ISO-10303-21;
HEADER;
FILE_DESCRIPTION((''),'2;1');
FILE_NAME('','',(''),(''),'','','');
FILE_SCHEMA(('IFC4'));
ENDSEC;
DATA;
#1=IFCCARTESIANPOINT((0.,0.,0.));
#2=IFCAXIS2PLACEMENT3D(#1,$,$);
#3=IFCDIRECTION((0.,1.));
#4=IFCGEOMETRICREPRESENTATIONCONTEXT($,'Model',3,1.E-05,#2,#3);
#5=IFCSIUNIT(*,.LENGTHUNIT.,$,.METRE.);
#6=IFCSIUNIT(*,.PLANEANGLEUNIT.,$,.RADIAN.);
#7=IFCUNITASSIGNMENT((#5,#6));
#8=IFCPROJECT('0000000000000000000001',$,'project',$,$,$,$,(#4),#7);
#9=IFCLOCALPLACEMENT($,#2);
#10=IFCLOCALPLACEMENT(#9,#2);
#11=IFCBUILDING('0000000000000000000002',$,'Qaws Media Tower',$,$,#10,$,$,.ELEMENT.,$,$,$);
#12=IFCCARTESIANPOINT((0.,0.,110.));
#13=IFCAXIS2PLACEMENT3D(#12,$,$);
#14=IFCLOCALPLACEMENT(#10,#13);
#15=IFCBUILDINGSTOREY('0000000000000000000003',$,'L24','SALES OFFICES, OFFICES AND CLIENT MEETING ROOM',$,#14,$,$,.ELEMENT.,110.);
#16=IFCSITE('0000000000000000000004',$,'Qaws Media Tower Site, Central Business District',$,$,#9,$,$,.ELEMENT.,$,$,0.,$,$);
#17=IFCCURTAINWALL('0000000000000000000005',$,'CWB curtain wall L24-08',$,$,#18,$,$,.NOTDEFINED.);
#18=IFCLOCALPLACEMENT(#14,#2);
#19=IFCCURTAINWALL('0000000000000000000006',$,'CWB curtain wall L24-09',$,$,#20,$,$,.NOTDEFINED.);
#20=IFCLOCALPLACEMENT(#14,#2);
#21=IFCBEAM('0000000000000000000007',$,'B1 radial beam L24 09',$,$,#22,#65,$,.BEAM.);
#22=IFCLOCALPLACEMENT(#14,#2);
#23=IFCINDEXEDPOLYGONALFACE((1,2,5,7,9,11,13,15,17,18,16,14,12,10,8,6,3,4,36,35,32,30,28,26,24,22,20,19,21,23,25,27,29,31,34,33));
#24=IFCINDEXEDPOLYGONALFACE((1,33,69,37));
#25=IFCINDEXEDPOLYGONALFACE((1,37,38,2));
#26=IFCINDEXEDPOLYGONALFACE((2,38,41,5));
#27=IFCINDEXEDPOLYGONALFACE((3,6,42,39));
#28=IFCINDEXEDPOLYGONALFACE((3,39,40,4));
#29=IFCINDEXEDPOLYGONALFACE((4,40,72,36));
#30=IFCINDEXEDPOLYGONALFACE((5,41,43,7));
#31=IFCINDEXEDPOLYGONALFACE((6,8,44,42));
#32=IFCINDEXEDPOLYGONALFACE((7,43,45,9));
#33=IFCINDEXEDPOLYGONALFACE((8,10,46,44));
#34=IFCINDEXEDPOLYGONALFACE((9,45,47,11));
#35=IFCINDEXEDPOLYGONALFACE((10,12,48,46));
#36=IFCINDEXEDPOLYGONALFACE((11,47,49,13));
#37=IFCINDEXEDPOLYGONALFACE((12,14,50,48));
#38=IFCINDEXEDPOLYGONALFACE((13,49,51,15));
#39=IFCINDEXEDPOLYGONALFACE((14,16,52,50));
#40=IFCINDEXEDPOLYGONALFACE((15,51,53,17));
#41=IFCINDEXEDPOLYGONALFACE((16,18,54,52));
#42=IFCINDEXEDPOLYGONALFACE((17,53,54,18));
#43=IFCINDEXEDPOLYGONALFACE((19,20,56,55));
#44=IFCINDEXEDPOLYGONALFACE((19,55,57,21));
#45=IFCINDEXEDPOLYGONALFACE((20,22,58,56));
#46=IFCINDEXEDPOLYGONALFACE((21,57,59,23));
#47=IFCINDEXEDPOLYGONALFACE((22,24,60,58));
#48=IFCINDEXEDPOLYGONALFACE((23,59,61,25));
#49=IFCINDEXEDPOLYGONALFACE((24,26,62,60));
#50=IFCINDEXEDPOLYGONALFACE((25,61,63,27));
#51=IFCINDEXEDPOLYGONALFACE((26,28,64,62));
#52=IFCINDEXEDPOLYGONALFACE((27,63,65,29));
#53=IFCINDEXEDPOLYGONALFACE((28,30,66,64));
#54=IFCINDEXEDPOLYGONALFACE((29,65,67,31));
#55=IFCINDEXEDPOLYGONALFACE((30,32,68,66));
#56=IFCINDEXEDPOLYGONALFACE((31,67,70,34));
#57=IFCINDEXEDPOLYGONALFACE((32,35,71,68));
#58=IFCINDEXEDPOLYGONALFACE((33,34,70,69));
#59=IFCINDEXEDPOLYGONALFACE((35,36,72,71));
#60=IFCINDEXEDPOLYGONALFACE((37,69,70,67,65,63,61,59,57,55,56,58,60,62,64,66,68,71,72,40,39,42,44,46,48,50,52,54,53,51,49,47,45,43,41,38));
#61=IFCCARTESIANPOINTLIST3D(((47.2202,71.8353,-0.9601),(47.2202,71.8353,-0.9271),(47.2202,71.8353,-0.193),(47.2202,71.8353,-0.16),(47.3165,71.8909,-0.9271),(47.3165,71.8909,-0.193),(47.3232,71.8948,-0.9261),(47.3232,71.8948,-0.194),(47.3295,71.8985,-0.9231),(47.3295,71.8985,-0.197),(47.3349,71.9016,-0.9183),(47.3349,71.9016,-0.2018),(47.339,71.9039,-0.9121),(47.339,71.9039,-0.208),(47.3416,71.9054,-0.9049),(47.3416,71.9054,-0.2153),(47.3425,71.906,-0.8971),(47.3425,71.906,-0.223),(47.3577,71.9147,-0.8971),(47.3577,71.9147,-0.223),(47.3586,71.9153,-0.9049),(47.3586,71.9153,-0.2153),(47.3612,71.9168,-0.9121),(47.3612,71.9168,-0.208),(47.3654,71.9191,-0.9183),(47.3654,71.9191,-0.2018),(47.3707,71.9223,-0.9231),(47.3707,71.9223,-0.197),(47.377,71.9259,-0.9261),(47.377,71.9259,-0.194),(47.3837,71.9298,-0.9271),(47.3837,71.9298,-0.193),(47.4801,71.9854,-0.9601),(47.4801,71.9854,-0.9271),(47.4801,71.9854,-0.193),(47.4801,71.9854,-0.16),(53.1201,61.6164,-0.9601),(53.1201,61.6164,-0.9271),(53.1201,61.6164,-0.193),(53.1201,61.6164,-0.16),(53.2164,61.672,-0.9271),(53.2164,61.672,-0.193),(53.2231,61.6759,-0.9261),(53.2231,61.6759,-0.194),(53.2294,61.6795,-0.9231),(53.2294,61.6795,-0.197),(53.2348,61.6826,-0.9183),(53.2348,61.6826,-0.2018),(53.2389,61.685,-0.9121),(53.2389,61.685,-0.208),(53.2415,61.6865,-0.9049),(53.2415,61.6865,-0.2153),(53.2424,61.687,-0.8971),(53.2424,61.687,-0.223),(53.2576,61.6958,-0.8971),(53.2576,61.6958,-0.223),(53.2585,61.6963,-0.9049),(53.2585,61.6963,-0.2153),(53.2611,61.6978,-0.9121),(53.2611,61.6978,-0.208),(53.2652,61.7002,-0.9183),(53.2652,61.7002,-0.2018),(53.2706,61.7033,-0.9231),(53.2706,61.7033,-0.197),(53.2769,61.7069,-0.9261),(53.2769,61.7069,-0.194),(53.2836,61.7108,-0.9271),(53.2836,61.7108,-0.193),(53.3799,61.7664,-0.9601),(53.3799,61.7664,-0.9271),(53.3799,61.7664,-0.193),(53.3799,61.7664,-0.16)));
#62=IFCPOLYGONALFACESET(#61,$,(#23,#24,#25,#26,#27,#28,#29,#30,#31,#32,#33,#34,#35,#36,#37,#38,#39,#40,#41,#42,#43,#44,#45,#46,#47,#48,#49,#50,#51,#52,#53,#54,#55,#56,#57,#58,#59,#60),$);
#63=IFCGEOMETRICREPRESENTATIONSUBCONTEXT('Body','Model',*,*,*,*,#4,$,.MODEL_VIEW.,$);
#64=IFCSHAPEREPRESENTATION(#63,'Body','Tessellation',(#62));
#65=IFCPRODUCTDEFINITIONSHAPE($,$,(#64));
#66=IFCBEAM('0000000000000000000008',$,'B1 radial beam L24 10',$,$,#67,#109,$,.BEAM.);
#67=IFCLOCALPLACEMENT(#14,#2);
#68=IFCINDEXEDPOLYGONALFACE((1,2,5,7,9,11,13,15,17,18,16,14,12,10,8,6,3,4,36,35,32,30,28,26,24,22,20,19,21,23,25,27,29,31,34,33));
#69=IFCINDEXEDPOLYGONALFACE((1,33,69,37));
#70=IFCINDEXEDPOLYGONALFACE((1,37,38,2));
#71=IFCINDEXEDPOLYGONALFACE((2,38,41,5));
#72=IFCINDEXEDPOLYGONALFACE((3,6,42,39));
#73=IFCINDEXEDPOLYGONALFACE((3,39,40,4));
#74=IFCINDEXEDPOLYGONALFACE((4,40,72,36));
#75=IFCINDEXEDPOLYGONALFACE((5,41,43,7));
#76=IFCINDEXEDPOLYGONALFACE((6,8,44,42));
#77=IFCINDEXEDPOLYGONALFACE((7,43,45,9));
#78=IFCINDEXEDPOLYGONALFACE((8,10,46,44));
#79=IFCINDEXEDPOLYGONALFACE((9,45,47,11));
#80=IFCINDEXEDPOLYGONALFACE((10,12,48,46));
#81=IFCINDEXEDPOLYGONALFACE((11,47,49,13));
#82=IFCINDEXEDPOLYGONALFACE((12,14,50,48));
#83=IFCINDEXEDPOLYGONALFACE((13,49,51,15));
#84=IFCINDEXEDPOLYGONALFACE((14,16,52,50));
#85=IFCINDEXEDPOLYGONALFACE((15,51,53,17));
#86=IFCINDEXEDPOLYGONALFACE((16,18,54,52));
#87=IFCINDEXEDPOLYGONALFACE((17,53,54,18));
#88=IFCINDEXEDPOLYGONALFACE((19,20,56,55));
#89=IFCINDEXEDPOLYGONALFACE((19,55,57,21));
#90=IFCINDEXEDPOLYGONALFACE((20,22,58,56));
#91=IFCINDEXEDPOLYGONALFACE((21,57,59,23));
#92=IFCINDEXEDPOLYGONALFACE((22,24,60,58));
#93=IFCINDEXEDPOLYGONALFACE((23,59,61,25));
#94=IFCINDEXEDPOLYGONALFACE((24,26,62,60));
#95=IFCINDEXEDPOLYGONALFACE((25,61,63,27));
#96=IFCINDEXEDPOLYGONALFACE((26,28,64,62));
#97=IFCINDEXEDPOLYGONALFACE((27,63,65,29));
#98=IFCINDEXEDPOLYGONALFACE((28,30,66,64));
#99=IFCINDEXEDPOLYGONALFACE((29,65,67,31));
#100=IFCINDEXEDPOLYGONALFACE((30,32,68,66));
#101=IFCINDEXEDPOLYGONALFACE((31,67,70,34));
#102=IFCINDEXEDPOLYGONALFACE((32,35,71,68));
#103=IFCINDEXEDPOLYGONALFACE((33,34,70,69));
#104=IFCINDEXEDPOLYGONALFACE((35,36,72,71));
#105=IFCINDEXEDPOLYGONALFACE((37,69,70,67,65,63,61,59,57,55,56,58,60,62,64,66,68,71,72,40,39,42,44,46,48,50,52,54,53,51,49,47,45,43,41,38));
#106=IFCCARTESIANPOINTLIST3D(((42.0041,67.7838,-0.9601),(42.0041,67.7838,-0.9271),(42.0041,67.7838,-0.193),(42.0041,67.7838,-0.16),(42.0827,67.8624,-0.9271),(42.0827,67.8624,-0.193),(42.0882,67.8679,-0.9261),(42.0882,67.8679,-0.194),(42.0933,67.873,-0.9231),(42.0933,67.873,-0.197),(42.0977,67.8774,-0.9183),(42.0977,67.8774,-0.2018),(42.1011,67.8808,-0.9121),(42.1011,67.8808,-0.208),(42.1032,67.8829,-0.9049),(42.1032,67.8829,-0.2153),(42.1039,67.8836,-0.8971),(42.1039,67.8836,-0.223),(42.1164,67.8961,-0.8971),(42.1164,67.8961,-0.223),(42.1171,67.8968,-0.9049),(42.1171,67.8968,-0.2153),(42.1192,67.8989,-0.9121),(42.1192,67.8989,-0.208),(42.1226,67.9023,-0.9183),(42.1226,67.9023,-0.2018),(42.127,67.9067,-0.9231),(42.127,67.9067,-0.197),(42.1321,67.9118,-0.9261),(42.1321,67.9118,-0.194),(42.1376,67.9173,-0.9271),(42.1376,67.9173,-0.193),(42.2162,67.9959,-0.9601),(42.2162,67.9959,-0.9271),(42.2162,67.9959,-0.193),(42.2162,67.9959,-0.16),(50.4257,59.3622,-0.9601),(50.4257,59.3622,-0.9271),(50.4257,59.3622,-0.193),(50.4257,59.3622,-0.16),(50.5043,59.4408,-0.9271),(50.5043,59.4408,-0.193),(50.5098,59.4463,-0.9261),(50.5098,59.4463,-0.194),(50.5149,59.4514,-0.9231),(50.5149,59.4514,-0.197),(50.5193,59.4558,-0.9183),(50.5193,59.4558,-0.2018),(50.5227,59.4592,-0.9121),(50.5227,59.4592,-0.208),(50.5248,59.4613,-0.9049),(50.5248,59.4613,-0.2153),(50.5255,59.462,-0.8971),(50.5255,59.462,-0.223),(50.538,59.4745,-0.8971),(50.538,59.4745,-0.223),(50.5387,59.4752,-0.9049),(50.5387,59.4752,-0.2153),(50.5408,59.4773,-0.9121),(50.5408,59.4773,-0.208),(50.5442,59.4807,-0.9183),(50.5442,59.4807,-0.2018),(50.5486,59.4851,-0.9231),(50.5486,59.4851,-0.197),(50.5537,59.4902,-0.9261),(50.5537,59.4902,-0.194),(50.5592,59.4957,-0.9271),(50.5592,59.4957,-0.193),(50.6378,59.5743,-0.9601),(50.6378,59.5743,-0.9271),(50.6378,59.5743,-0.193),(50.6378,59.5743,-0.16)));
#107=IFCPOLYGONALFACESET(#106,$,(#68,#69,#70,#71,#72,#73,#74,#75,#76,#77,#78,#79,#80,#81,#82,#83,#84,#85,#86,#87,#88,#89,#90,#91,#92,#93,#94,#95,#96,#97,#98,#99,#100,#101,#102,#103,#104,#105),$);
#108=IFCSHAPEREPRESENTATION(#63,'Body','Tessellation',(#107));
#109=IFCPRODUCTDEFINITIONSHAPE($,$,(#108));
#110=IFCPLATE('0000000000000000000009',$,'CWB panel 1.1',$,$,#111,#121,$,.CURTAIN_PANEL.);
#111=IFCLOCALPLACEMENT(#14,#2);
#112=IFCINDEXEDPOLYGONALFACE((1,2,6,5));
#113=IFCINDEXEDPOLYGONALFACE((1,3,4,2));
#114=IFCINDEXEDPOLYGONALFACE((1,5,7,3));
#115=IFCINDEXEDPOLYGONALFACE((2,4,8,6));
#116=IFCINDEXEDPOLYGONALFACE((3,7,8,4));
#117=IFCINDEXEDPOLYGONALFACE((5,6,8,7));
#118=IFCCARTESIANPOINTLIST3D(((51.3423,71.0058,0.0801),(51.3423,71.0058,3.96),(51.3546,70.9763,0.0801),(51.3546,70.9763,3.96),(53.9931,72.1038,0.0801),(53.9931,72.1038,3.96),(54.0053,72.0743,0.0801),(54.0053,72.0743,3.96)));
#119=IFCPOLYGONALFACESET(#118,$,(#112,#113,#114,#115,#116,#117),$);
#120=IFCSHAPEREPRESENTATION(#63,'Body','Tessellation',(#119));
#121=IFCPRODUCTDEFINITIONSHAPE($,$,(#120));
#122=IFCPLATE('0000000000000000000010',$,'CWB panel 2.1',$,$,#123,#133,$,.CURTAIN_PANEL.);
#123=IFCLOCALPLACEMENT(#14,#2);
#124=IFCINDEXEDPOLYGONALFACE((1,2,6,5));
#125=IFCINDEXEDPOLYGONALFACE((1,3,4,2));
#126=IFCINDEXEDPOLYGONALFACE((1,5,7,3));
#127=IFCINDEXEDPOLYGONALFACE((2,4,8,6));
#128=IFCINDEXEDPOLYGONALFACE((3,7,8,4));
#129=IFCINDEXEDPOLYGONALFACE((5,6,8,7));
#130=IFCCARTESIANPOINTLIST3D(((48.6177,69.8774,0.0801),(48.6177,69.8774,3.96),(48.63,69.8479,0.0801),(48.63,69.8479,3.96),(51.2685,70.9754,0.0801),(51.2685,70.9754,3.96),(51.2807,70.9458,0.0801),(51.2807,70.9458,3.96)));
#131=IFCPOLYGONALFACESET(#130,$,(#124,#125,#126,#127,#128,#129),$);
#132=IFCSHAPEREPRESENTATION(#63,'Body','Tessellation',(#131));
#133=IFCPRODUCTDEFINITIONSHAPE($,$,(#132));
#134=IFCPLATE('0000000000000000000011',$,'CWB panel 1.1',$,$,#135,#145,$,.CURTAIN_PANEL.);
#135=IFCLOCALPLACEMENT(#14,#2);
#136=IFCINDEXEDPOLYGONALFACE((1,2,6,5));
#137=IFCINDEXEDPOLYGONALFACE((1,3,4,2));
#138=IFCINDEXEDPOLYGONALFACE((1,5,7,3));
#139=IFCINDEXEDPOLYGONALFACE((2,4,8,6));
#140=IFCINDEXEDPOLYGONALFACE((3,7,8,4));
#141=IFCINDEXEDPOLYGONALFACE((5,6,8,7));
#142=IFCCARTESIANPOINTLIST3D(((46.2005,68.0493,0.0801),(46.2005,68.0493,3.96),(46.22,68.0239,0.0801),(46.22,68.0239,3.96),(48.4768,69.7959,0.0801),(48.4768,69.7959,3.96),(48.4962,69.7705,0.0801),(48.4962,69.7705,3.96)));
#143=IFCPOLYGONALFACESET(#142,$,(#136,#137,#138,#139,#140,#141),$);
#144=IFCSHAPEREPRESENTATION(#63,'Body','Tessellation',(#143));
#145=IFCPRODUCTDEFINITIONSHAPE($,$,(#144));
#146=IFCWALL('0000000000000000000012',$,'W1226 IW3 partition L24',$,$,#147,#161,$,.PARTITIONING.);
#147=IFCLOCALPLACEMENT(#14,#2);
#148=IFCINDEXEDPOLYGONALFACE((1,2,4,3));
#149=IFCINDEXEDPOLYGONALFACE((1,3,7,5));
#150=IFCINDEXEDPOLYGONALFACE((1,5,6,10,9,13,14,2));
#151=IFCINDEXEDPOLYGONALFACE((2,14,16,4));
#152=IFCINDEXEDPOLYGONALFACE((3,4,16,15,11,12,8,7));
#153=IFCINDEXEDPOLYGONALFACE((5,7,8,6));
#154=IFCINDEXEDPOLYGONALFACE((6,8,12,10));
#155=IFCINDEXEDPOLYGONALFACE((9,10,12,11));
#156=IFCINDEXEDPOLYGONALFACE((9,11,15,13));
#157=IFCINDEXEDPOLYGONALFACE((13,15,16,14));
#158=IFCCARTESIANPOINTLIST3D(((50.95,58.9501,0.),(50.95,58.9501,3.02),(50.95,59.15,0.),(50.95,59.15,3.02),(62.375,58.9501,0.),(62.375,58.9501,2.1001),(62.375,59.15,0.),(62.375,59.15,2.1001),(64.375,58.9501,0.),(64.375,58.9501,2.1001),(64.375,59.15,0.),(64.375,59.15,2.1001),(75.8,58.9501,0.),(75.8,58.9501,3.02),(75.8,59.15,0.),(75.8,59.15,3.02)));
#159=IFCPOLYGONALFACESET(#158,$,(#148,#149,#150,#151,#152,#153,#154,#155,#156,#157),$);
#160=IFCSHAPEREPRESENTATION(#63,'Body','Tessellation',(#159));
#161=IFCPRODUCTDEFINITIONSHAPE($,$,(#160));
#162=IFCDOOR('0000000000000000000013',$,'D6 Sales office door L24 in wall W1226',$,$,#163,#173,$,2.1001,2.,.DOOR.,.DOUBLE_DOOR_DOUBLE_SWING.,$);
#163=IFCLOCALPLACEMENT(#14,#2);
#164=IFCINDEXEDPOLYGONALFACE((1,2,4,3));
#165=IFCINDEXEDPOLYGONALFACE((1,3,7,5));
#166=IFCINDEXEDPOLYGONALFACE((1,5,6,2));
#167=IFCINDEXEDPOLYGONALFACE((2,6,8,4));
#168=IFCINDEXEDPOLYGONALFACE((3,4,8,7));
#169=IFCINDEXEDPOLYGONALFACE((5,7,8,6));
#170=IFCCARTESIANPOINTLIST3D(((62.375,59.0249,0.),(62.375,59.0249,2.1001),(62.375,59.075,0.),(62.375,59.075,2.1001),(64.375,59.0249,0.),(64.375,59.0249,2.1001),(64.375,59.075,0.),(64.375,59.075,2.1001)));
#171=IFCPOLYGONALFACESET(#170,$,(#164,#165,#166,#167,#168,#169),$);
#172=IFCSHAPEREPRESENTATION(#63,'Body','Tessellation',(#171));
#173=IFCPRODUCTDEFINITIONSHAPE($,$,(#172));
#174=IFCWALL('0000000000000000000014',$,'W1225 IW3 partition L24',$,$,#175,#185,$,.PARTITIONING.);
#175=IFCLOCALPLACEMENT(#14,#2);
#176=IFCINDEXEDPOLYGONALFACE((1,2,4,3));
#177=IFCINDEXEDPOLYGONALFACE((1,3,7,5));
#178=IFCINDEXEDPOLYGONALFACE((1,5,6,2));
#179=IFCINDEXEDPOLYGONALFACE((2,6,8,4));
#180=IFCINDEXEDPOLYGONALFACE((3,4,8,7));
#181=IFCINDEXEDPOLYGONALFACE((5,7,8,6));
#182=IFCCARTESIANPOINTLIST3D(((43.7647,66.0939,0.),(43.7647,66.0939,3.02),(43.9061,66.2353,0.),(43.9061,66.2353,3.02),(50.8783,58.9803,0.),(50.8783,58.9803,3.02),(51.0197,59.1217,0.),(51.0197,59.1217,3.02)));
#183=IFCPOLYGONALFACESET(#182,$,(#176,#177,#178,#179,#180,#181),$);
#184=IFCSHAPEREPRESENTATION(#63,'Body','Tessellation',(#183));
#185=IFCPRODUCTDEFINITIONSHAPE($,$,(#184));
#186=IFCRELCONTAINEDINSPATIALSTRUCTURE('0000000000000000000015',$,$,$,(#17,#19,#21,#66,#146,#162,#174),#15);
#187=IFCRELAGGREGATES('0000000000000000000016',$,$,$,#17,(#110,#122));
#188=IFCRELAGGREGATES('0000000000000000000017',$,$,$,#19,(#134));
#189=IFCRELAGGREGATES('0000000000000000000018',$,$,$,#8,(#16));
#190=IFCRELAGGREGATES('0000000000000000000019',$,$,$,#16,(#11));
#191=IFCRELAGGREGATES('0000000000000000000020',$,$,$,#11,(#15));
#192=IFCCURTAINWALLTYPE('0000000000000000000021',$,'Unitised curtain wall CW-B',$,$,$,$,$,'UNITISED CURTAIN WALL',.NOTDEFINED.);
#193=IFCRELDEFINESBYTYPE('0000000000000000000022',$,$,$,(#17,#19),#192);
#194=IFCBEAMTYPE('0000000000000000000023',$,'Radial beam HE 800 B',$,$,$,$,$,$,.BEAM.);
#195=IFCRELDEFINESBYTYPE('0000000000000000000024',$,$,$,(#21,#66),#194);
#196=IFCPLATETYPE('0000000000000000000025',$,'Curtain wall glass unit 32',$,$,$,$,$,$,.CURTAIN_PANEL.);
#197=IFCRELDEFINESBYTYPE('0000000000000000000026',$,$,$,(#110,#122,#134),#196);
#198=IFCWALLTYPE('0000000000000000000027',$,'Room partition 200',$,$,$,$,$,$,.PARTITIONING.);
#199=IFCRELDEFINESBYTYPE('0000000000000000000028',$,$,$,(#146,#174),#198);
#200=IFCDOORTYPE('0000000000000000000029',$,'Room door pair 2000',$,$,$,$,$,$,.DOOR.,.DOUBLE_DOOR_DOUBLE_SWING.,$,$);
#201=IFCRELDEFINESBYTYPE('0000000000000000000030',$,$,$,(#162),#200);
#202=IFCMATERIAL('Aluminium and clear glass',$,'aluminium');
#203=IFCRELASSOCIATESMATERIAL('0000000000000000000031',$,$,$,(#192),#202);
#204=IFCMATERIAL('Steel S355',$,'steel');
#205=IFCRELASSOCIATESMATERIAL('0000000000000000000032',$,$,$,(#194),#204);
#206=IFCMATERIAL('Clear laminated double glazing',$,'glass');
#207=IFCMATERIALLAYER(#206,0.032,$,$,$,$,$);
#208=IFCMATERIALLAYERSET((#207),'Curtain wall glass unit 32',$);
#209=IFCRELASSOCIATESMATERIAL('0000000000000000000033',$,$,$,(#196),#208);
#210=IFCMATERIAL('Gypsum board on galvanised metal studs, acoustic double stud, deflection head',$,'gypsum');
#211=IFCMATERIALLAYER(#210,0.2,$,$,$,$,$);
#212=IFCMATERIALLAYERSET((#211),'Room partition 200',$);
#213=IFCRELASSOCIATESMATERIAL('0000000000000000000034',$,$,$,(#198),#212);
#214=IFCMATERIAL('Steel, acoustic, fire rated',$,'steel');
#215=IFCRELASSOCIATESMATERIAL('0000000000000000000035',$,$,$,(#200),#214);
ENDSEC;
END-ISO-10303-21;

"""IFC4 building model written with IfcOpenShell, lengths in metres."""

from ifc_helpers import new_model, si_unit, direction, frame, frame_2d, origin, origin_2d, place, context, subcontext, project, spatial, rectangle, i_section, extrude, material, layer, layer_set, material_profile, profile_set, type_object, element, fill, aggregate, save


model = new_model("IFC4")

# Units and contexts
model_context = context("Model", 3, precision=1e-05, world=origin(), true_north=direction((0.0, 1.0)))
body_context = subcontext(model_context, "Body", "Model", "MODEL_VIEW")
ifc_project = project(units=[si_unit("LENGTHUNIT", "METRE"), si_unit("PLANEANGLEUNIT", "RADIAN")], contexts=[model_context])

# Site, building, storey
site_placement = place(None, origin())
site = spatial("IfcSite", under=ifc_project, at=site_placement, Name="Qaws Media Tower Site, Central Business District", CompositionType="ELEMENT", RefElevation=0.0)
building_placement = place(site_placement, origin())
building = spatial("IfcBuilding", under=site, at=building_placement, Name="Qaws Media Tower", CompositionType="ELEMENT")
storey_placement = place(building_placement, frame((0.0, 0.0, 110.0)))
storey = spatial("IfcBuildingStorey", under=building, at=storey_placement, Name="L24", Description="SALES OFFICES, OFFICES AND CLIENT MEETING ROOM", CompositionType="ELEMENT", Elevation=110.0)

# Curtain walls
ifc_material_1 = material(Name="Aluminium and clear glass", Category="aluminium")
curtain_wall_type = type_object("IfcCurtainWallType", Name="Unitised curtain wall CW-B", ElementType="UNITISED CURTAIN WALL", PredefinedType="NOTDEFINED", material=ifc_material_1)
curtain_wall_1_placement = place(storey_placement, origin())
curtain_wall_1 = element("IfcCurtainWall", 1, at=curtain_wall_1_placement, inside=storey, type_object=curtain_wall_type, Name="CWB curtain wall L24-08", PredefinedType="NOTDEFINED")
curtain_wall_2_placement = place(storey_placement, origin())
curtain_wall_2 = element("IfcCurtainWall", 2, at=curtain_wall_2_placement, inside=storey, type_object=curtain_wall_type, Name="CWB curtain wall L24-09", PredefinedType="NOTDEFINED")

# Beams
ifc_material_2 = material(Name="Steel S355", Category="steel")
ifc_material_profile_1 = material_profile(ifc_material_2, i_section(OverallWidth=0.3, OverallDepth=0.8, WebThickness=0.0176, FlangeThickness=0.033, FilletRadius=0.03, at=origin_2d()), Name="HE 800 B")
ifc_profile_set_1 = profile_set([ifc_material_profile_1], Name="Steel S355")
beam_type_1 = type_object("IfcBeamType", Name="Radial beam HE 800 B", PredefinedType="BEAM", material=ifc_profile_set_1)
beam_1_placement = place(storey_placement, frame((53.25, 61.6914, -0.5601), z_axis=(-0.499998, 0.866027, 0.0), x_axis=(-0.866027, -0.499998, 0.0)))
element("IfcBeam", 3, at=beam_1_placement, inside=storey, type_object=beam_type_1, Name="B1 radial beam L24 09", PredefinedType="BEAM", context=body_context, shape_type="SweptSolid", body=[
    extrude(i_section(OverallWidth=0.3, OverallDepth=0.8, WebThickness=0.0176, FlangeThickness=0.033, FilletRadius=0.03, at=origin_2d()), origin(), (0.0, 0.0, 1.0), 11.7998),
])
beam_2_placement = place(storey_placement, frame((50.5317, 59.4683, -0.5601), z_axis=(-0.707107, 0.707107, 0.0), x_axis=(-0.707107, -0.707107, 0.0)))
element("IfcBeam", 4, at=beam_2_placement, inside=storey, type_object=beam_type_1, Name="B1 radial beam L24 10", PredefinedType="BEAM", context=body_context, shape_type="SweptSolid", body=[
    extrude(i_section(OverallWidth=0.3, OverallDepth=0.8, WebThickness=0.0176, FlangeThickness=0.033, FilletRadius=0.03, at=origin_2d()), origin(), (0.0, 0.0, 1.0), 11.9099),
])

# Plates
ifc_material_3 = material(Name="Clear laminated double glazing", Category="glass")
ifc_layer_1 = layer(ifc_material_3, 0.032)
ifc_layer_set_1 = layer_set([ifc_layer_1], Name="Curtain wall glass unit 32")
plate_type = type_object("IfcPlateType", Name="Curtain wall glass unit 32", PredefinedType="CURTAIN_PANEL", material=ifc_layer_set_1)
plate_1_placement = place(storey_placement, frame((52.6738, 71.54, 0.0801), z_axis=(0.0, 0.0, 1.0), x_axis=(-0.92388, -0.382683, 0.0)))
plate_1 = element("IfcPlate", 5, at=plate_1_placement, type_object=plate_type, Name="CWB panel 1.1", PredefinedType="CURTAIN_PANEL", context=body_context, shape_type="SweptSolid", body=[
    extrude(rectangle(XDim=2.8691, YDim=0.032, at=origin_2d()), origin(), (0.0, 0.0, 1.0), 3.8799),
])
plate_2_placement = place(storey_placement, frame((49.9492, 70.4116, 0.0801), z_axis=(0.0, 0.0, 1.0), x_axis=(-0.92388, -0.382683, 0.0)))
plate_2 = element("IfcPlate", 6, at=plate_2_placement, type_object=plate_type, Name="CWB panel 2.1", PredefinedType="CURTAIN_PANEL", context=body_context, shape_type="SweptSolid", body=[
    extrude(rectangle(XDim=2.8691, YDim=0.032, at=origin_2d()), origin(), (0.0, 0.0, 1.0), 3.8799),
])
aggregate(curtain_wall_1, [plate_1, plate_2])
plate_3_placement = place(storey_placement, frame((47.3484, 68.9099, 0.0801), z_axis=(0.0, 0.0, 1.0), x_axis=(-0.793353, -0.608762, 0.0)))
plate_3 = element("IfcPlate", 7, at=plate_3_placement, type_object=plate_type, Name="CWB panel 1.1", PredefinedType="CURTAIN_PANEL", context=body_context, shape_type="SweptSolid", body=[
    extrude(rectangle(XDim=2.8691, YDim=0.032, at=origin_2d()), origin(), (0.0, 0.0, 1.0), 3.8799),
])
aggregate(curtain_wall_2, [plate_3])

# Wall, opening, door
ifc_material_4 = material(Name="Gypsum board on galvanised metal studs, acoustic double stud, deflection head", Category="gypsum")
ifc_layer_2 = layer(ifc_material_4, 0.2)
ifc_layer_set_2 = layer_set([ifc_layer_2], Name="Room partition 200")
wall_type = type_object("IfcWallType", Name="Room partition 200", PredefinedType="PARTITIONING", material=ifc_layer_set_2)
wall_1_placement = place(storey_placement, frame((50.95, 59.05, 0.0), z_axis=(0.0, 0.0, 1.0), x_axis=(1.0, 0.0, 0.0)))
wall_1 = element("IfcWall", 8, at=wall_1_placement, inside=storey, type_object=wall_type, Name="W1226 IW3 partition L24", PredefinedType="PARTITIONING", context=body_context, shape_type="SweptSolid", body=[
    extrude(rectangle(XDim=24.8501, YDim=0.2, at=frame_2d((12.425, 0.0))), origin(), (0.0, 0.0, 1.0), 3.02),
])
opening_placement = place(wall_1_placement, frame((11.425, 0.0, 0.0)))
opening = element("IfcOpeningElement", 9, at=opening_placement, cuts=wall_1, PredefinedType="OPENING", context=body_context, shape_type="SweptSolid", body=[
    extrude(rectangle(XDim=2.0, YDim=2.1001, at=frame_2d((1.0, 1.05))), frame((0.0, 0.1099, 0.0), z_axis=(0.0, -1.0, 0.0), x_axis=(1.0, 0.0, 0.0)), (0.0, 0.0, 1.0), 0.22),
])
ifc_material_5 = material(Name="Steel, acoustic, fire rated", Category="steel")
door_type = type_object("IfcDoorType", Name="Room door pair 2000", OperationType="DOUBLE_DOOR_DOUBLE_SWING", PredefinedType="DOOR", material=ifc_material_5)
door_placement = place(opening_placement, origin())
door = element("IfcDoor", 10, at=door_placement, inside=storey, type_object=door_type, Name="D6 Sales office door L24 in wall W1226", OperationType="DOUBLE_DOOR_DOUBLE_SWING", OverallHeight=2.1001, OverallWidth=2.0, PredefinedType="DOOR", context=body_context, shape_type="SweptSolid", body=[
    extrude(rectangle(XDim=2.0, YDim=2.1001, at=frame_2d((1.0, 1.05))), frame((0.0, 0.0249, 0.0), z_axis=(0.0, -1.0, 0.0), x_axis=(1.0, 0.0, 0.0)), (0.0, 0.0, 1.0), 0.05),
])
fill(opening, door)

# Wall
wall_2_placement = place(storey_placement, frame((50.949, 59.051, 0.0), z_axis=(0.0, 0.0, 1.0), x_axis=(-0.707107, 0.707107, 0.0)))
element("IfcWall", 11, at=wall_2_placement, inside=storey, type_object=wall_type, Name="W1225 IW3 partition L24", PredefinedType="PARTITIONING", context=body_context, shape_type="SweptSolid", body=[
    extrude(rectangle(XDim=10.0601, YDim=0.2, at=frame_2d((5.03, 0.0))), origin(), (0.0, 0.0, 1.0), 3.02),
])

save(model, "model.ifc")
